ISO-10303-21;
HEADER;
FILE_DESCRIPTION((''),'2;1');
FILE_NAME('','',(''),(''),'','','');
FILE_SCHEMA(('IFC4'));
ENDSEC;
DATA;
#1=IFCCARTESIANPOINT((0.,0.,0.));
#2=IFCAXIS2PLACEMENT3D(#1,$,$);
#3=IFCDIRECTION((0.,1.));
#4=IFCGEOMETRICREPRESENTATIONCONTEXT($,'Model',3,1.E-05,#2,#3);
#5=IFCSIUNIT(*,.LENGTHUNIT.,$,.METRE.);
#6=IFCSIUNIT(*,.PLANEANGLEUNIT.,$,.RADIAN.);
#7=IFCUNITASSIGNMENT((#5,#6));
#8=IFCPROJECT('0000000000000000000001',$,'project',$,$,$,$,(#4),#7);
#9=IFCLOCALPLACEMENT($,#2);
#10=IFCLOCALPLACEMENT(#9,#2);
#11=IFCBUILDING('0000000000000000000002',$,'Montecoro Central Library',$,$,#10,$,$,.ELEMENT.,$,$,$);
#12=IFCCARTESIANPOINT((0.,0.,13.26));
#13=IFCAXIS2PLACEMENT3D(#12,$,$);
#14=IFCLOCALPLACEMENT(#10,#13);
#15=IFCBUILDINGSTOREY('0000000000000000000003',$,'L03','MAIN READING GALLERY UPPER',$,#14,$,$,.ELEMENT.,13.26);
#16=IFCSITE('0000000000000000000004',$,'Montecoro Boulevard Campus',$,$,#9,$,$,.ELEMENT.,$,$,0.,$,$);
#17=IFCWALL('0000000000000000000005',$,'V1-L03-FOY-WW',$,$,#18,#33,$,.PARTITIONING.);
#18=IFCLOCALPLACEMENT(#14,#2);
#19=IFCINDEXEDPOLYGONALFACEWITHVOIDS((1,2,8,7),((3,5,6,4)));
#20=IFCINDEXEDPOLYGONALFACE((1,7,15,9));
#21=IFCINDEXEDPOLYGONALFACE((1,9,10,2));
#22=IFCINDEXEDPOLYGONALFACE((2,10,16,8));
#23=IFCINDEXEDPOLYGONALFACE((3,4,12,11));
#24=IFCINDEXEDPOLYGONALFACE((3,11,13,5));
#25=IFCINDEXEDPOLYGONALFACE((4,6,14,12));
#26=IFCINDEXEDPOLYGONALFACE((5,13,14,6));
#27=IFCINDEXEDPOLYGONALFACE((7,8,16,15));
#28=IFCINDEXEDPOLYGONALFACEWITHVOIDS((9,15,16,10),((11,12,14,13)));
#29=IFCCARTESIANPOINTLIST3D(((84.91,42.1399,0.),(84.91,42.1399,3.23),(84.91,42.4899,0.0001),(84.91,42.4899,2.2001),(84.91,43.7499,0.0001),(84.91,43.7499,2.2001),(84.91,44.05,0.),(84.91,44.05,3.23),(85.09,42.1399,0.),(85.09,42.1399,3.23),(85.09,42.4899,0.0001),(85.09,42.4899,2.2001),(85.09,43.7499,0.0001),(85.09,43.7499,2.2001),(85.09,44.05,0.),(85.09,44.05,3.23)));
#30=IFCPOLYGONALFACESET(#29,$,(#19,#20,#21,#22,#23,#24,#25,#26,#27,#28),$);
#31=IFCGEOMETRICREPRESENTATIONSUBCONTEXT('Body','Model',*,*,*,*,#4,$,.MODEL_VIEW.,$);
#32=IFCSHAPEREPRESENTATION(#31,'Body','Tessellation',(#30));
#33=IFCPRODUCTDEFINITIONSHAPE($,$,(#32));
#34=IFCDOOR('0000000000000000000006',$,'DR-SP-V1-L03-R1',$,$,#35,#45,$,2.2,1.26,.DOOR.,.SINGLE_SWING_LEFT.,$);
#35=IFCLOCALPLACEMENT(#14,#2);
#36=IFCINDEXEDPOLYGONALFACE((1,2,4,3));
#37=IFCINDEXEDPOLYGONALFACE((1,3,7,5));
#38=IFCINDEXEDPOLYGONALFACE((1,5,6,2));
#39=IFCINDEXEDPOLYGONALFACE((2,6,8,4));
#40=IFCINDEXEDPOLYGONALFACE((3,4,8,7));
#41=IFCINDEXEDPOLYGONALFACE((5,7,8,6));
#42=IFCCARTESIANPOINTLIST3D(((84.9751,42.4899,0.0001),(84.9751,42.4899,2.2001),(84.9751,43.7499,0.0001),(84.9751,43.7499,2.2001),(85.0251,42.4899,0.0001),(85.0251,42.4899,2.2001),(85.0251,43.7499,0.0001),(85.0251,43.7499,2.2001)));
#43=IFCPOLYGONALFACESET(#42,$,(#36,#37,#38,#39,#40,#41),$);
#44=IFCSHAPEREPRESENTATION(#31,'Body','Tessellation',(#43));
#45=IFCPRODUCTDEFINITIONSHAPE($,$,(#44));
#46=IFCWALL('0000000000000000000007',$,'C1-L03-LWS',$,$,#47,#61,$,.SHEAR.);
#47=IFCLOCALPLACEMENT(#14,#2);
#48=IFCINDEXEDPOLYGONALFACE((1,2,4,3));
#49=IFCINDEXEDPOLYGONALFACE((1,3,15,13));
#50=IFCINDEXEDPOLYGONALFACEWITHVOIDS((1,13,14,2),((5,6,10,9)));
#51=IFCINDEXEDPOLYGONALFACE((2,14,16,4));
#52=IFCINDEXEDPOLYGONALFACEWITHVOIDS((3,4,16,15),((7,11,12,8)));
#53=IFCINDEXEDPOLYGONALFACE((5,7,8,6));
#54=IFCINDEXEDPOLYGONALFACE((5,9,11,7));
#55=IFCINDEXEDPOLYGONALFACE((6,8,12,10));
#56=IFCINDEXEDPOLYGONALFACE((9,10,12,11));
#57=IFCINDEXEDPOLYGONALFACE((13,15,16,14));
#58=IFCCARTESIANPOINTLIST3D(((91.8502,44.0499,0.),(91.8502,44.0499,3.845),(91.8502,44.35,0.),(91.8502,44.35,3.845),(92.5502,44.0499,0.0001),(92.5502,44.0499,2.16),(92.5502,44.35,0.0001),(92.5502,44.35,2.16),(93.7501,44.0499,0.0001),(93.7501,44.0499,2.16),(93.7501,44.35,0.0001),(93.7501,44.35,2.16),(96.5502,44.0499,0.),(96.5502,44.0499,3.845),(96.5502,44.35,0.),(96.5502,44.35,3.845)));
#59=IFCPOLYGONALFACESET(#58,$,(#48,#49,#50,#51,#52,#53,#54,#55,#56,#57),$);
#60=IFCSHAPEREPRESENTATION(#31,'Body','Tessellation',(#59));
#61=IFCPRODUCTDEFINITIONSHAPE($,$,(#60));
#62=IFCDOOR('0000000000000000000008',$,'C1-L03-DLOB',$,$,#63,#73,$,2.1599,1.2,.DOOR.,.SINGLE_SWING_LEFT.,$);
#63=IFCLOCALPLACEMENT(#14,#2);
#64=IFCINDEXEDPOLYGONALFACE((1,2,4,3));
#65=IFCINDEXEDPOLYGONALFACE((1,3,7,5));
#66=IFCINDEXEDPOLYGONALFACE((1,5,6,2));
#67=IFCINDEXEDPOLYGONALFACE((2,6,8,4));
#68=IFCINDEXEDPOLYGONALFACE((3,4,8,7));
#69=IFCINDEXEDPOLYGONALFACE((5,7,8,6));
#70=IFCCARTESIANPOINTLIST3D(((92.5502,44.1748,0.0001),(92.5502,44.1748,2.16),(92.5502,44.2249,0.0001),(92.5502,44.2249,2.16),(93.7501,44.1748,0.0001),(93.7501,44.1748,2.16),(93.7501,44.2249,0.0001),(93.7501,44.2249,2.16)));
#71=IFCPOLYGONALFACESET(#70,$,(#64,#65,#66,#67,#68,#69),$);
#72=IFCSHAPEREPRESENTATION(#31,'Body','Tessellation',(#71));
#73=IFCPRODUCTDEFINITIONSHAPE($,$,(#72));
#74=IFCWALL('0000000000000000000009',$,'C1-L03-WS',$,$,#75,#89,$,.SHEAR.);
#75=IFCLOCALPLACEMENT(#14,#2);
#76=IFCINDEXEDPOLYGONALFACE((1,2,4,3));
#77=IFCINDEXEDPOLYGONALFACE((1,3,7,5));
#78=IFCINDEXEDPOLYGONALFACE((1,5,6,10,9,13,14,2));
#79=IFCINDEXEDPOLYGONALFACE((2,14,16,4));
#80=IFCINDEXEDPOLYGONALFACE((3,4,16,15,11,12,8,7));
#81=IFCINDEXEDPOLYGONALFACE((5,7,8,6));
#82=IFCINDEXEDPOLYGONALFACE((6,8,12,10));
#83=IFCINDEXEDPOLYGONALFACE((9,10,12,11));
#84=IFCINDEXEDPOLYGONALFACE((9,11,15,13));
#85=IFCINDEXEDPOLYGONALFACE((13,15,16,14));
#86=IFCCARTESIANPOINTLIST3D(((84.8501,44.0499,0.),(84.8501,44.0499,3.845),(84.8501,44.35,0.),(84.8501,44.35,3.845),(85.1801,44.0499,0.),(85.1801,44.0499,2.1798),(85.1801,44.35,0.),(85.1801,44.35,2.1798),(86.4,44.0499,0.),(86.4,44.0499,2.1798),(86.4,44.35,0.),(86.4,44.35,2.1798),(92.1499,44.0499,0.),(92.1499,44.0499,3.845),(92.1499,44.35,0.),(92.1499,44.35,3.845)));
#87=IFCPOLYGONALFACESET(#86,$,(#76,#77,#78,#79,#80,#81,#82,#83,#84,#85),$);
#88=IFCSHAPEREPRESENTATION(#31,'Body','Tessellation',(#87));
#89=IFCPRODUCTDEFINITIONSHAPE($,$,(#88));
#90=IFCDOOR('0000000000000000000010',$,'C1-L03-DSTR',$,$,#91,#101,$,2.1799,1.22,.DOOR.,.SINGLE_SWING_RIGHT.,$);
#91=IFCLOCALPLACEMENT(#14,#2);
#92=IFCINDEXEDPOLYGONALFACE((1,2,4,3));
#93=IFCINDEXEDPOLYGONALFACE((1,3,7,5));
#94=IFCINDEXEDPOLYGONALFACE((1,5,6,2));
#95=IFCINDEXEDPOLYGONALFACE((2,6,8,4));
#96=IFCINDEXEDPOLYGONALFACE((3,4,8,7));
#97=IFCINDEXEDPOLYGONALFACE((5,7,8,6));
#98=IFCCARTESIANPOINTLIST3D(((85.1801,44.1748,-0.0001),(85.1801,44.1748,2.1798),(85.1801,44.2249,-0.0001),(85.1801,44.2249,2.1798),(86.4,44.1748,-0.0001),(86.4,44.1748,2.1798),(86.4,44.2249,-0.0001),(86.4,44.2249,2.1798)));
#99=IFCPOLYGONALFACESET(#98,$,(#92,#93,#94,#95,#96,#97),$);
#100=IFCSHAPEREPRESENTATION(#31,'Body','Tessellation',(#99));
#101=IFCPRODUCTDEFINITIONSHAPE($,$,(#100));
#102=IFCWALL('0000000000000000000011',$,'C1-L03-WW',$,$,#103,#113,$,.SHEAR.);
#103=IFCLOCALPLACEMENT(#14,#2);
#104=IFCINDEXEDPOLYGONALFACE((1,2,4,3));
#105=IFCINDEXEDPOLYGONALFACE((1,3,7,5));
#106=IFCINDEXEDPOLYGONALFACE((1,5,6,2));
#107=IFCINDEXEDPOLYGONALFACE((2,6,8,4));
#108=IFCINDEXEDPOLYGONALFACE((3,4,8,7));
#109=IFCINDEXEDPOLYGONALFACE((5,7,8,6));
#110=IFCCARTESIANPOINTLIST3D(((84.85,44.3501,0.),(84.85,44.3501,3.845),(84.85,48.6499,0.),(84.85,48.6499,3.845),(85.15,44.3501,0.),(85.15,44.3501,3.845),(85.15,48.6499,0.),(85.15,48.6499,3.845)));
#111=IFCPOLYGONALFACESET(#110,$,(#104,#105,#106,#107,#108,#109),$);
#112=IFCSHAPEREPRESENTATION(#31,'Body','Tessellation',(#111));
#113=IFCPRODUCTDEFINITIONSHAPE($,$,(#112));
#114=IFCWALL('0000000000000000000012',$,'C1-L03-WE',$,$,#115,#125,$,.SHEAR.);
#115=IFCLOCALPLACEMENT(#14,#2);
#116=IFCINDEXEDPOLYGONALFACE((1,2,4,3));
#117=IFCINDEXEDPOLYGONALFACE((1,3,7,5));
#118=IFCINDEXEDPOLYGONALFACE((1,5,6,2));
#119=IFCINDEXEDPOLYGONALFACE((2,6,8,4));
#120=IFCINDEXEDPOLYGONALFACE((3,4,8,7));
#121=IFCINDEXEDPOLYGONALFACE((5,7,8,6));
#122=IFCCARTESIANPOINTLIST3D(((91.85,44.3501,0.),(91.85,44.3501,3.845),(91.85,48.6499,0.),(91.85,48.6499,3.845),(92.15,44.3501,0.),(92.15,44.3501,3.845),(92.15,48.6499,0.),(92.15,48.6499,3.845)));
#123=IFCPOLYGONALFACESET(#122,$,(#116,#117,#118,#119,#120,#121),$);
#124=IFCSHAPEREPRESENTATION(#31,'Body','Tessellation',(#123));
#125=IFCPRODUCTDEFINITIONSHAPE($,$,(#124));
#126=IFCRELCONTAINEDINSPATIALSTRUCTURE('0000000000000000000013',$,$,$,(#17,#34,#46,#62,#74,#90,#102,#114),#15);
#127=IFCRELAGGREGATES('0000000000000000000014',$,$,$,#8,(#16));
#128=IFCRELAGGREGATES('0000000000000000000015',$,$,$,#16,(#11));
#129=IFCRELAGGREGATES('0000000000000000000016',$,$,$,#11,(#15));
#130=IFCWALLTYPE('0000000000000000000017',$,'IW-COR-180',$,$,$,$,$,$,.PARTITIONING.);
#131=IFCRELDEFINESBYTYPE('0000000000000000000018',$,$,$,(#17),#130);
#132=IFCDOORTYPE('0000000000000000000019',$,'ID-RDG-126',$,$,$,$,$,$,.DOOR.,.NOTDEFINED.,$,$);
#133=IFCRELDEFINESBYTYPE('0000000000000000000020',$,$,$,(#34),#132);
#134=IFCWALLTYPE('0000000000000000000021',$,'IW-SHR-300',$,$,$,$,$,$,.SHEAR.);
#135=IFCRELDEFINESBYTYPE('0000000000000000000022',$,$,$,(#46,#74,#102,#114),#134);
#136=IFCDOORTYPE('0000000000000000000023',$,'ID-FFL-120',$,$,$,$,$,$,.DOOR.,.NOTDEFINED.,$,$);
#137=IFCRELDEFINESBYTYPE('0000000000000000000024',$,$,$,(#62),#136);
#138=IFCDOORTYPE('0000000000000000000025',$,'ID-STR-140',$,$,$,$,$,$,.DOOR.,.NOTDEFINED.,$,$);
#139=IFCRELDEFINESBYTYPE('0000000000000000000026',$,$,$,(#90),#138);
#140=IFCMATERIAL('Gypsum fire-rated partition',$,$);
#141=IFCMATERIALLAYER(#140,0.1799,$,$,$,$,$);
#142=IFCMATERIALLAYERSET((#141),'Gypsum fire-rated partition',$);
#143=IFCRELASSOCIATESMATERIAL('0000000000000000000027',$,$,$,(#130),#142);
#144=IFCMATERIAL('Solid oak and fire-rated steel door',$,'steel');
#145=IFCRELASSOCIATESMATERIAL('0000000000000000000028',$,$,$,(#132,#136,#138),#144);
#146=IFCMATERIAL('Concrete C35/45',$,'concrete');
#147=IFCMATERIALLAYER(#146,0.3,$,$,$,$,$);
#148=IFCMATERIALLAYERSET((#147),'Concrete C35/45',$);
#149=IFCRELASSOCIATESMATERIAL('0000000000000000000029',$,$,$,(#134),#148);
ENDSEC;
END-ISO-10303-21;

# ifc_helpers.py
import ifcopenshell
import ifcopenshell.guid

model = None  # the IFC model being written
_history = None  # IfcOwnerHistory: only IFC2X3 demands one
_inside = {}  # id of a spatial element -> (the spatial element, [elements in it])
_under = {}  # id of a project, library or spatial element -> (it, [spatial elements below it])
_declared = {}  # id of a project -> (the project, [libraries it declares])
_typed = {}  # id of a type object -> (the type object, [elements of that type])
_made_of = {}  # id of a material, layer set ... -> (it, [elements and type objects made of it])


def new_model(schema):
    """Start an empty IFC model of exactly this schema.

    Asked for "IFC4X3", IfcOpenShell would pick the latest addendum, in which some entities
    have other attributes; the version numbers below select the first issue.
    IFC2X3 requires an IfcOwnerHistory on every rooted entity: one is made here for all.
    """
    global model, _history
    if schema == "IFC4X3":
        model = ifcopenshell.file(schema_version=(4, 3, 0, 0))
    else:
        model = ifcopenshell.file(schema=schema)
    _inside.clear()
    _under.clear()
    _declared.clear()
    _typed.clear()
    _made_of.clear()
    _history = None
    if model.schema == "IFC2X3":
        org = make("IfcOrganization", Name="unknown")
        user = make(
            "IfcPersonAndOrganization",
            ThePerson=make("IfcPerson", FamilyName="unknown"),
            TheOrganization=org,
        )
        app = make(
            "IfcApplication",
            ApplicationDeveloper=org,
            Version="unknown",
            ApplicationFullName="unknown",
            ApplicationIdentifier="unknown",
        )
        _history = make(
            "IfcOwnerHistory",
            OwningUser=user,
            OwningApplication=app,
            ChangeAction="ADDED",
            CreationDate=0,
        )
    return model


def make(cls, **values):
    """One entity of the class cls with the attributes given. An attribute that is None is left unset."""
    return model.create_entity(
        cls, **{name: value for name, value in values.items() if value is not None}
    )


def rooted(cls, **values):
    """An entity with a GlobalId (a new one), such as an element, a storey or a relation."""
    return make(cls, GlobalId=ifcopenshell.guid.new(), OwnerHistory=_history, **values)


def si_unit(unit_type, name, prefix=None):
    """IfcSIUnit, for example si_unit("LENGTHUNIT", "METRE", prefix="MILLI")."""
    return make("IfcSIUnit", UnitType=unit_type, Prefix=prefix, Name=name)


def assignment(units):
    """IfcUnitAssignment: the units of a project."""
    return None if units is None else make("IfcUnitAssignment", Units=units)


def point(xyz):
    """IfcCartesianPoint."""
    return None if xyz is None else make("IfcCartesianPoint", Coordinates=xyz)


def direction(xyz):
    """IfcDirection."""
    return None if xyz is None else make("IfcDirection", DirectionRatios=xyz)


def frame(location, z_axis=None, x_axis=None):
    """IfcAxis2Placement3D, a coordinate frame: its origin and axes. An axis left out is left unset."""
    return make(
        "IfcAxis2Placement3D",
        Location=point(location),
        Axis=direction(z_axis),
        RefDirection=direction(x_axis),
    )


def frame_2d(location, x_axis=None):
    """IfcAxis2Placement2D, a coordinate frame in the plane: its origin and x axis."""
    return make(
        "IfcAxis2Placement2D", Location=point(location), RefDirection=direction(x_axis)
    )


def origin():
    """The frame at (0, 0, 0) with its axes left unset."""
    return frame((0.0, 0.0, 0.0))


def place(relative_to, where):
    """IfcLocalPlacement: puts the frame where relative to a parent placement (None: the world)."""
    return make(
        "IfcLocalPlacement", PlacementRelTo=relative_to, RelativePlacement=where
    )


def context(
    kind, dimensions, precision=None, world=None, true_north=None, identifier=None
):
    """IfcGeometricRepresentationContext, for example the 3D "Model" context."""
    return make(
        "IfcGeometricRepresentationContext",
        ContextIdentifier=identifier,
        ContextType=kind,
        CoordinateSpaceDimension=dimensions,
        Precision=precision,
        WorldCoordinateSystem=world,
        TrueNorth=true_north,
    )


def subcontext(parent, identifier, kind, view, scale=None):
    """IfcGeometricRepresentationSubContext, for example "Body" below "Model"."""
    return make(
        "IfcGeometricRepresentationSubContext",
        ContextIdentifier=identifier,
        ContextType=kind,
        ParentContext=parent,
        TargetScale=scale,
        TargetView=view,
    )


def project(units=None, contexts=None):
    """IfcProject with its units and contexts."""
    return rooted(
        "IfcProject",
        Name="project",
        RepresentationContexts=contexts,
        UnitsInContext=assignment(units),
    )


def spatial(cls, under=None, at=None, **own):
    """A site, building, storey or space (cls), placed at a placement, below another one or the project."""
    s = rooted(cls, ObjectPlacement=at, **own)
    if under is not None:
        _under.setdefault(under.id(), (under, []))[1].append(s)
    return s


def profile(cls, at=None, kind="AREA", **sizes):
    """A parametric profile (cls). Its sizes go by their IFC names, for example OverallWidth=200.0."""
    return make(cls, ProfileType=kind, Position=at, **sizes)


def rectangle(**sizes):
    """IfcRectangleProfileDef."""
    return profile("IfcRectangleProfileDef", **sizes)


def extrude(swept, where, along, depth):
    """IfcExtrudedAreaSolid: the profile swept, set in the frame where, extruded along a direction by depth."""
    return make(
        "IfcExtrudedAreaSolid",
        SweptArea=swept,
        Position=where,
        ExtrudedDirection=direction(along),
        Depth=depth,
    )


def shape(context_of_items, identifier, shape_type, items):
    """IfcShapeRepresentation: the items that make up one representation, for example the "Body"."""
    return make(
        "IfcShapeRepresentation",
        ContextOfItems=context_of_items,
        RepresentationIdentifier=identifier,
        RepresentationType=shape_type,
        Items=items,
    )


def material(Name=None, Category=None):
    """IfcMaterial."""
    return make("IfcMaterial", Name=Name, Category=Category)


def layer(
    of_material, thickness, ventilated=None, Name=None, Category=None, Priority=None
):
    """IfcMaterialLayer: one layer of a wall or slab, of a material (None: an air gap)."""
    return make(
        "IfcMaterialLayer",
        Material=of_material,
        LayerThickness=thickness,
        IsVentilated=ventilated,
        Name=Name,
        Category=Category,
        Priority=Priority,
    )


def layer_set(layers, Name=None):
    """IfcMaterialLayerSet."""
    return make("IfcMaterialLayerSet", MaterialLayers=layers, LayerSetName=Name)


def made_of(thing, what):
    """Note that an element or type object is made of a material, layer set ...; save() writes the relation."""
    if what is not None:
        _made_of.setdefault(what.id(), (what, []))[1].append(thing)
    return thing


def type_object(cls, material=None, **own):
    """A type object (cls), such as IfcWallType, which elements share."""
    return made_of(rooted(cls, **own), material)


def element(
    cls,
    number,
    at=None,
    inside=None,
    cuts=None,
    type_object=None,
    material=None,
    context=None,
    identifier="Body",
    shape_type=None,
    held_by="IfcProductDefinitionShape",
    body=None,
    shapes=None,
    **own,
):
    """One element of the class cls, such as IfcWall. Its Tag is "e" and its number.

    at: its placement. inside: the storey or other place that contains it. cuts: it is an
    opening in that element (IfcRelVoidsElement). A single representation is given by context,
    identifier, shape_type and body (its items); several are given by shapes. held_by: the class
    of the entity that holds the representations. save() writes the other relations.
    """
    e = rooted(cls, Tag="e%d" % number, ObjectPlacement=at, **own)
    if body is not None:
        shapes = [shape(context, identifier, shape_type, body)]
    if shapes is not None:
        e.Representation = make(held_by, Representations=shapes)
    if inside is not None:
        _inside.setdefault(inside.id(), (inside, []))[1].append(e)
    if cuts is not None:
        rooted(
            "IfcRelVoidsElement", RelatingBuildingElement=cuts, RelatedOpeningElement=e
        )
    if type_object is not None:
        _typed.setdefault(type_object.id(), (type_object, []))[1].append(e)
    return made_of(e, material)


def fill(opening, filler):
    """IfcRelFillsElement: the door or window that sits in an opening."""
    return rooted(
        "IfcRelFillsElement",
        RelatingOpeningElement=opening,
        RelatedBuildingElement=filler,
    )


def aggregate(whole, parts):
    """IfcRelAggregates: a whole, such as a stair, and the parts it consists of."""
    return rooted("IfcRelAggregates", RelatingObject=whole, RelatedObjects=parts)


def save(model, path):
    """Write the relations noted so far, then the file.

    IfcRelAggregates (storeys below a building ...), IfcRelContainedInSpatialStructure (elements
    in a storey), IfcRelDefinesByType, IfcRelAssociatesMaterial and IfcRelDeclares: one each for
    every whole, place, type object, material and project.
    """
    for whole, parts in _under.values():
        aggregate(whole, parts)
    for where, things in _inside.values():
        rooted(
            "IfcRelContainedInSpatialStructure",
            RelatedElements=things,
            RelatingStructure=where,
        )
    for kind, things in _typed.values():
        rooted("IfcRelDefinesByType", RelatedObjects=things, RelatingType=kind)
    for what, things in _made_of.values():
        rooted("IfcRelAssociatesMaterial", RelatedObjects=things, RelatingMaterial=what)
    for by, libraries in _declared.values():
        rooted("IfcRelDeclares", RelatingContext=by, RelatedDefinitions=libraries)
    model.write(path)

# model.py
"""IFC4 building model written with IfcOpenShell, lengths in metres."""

from ifc_helpers import new_model, si_unit, direction, frame, frame_2d, origin, place, context, subcontext, project, spatial, rectangle, extrude, material, layer, layer_set, type_object, element, fill, save


model = new_model("IFC4")

# Units and contexts
model_context = context("Model", 3, precision=1e-05, world=origin(), true_north=direction((0.0, 1.0)))
body_context = subcontext(model_context, "Body", "Model", "MODEL_VIEW")
ifc_project = project(units=[si_unit("LENGTHUNIT", "METRE"), si_unit("PLANEANGLEUNIT", "RADIAN")], contexts=[model_context])

# Site, building, storey
site_placement = place(None, origin())
site = spatial("IfcSite", under=ifc_project, at=site_placement, Name="Montecoro Boulevard Campus", CompositionType="ELEMENT", RefElevation=0.0)
building_placement = place(site_placement, origin())
building = spatial("IfcBuilding", under=site, at=building_placement, Name="Montecoro Central Library", CompositionType="ELEMENT")
storey_placement = place(building_placement, frame((0.0, 0.0, 13.26)))
storey = spatial("IfcBuildingStorey", under=building, at=storey_placement, Name="L03", Description="MAIN READING GALLERY UPPER", CompositionType="ELEMENT", Elevation=13.26)

# Shared definitions
ifc_material_1 = material(Name="Concrete C35/45", Category="concrete")

# Shared definitions
ifc_material_2 = material(Name="Gypsum fire-rated partition")
ifc_layer_1 = layer(ifc_material_2, 0.1799)
ifc_layer_set_1 = layer_set([ifc_layer_1], Name="Gypsum fire-rated partition")
wall_type_1 = type_object("IfcWallType", Name="IW-COR-180", PredefinedType="PARTITIONING", material=ifc_layer_set_1)

# Walls, openings, doors
wall_1_placement = place(storey_placement, frame((85.0, 42.1399, 0.0), z_axis=(0.0, 0.0, 1.0), x_axis=(0.0, 1.0, 0.0)))
wall_1 = element("IfcWall", 1, at=wall_1_placement, inside=storey, type_object=wall_type_1, Name="V1-L03-FOY-WW", PredefinedType="PARTITIONING", context=body_context, shape_type="SweptSolid", body=[
    extrude(rectangle(XDim=1.9102, YDim=0.1799, at=frame_2d((0.9551, 0.0))), origin(), (0.0, 0.0, 1.0), 3.23),
])
opening_1_placement = place(wall_1_placement, frame((0.3501, 0.0, 0.0)))
opening_1 = element("IfcOpeningElement", 2, at=opening_1_placement, cuts=wall_1, PredefinedType="OPENING", context=body_context, shape_type="SweptSolid", body=[
    extrude(rectangle(XDim=1.26, YDim=2.2, at=frame_2d((0.6299, 1.1001))), frame((0.0, 0.0999, 0.0), z_axis=(0.0, -1.0, 0.0), x_axis=(1.0, 0.0, 0.0)), (0.0, 0.0, 1.0), 0.2),
])
ifc_material_3 = material(Name="Solid oak and fire-rated steel door", Category="steel")
door_type_1 = type_object("IfcDoorType", Name="ID-RDG-126", OperationType="NOTDEFINED", PredefinedType="DOOR", material=ifc_material_3)
door_1_placement = place(opening_1_placement, origin())
door_1 = element("IfcDoor", 3, at=door_1_placement, inside=storey, type_object=door_type_1, Name="DR-SP-V1-L03-R1", OperationType="SINGLE_SWING_LEFT", OverallHeight=2.2, OverallWidth=1.26, PredefinedType="DOOR", context=body_context, shape_type="SweptSolid", body=[
    extrude(rectangle(XDim=1.26, YDim=2.2, at=frame_2d((0.6299, 1.1001))), frame((0.0, 0.0249, 0.0), z_axis=(0.0, -1.0, 0.0), x_axis=(1.0, 0.0, 0.0)), (0.0, 0.0, 1.0), 0.05),
])
fill(opening_1, door_1)
ifc_layer_2 = layer(ifc_material_1, 0.3)
ifc_layer_set_2 = layer_set([ifc_layer_2], Name="Concrete C35/45")
wall_type_2 = type_object("IfcWallType", Name="IW-SHR-300", PredefinedType="SHEAR", material=ifc_layer_set_2)
wall_2_placement = place(storey_placement, frame((91.8501, 44.2, 0.0), z_axis=(0.0, 0.0, 1.0), x_axis=(1.0, 0.0, 0.0)))
wall_2 = element("IfcWall", 4, at=wall_2_placement, inside=storey, type_object=wall_type_2, Name="C1-L03-LWS", PredefinedType="SHEAR", context=body_context, shape_type="SweptSolid", body=[
    extrude(rectangle(XDim=4.7, YDim=0.3, at=frame_2d((2.3501, 0.0))), origin(), (0.0, 0.0, 1.0), 3.845),
])
opening_2_placement = place(wall_2_placement, frame((0.7, 0.0, 0.0)))
opening_2 = element("IfcOpeningElement", 5, at=opening_2_placement, cuts=wall_2, PredefinedType="OPENING", context=body_context, shape_type="SweptSolid", body=[
    extrude(rectangle(XDim=1.2, YDim=2.1599, at=frame_2d((0.6001, 1.0801))), frame((0.0, 0.1599, 0.0), z_axis=(0.0, -1.0, 0.0), x_axis=(1.0, 0.0, 0.0)), (0.0, 0.0, 1.0), 0.3201),
])
door_type_2 = type_object("IfcDoorType", Name="ID-FFL-120", OperationType="NOTDEFINED", PredefinedType="DOOR", material=ifc_material_3)
door_2_placement = place(opening_2_placement, origin())
door_2 = element("IfcDoor", 6, at=door_2_placement, inside=storey, type_object=door_type_2, Name="C1-L03-DLOB", OperationType="SINGLE_SWING_LEFT", OverallHeight=2.1599, OverallWidth=1.2, PredefinedType="DOOR", context=body_context, shape_type="SweptSolid", body=[
    extrude(rectangle(XDim=1.2, YDim=2.1599, at=frame_2d((0.6001, 1.0801))), frame((0.0, 0.0249, 0.0), z_axis=(0.0, -1.0, 0.0), x_axis=(1.0, 0.0, 0.0)), (0.0, 0.0, 1.0), 0.05),
])
fill(opening_2, door_2)
wall_3_placement = place(storey_placement, frame((84.8501, 44.2, 0.0), z_axis=(0.0, 0.0, 1.0), x_axis=(1.0, 0.0, 0.0)))
wall_3 = element("IfcWall", 7, at=wall_3_placement, inside=storey, type_object=wall_type_2, Name="C1-L03-WS", PredefinedType="SHEAR", context=body_context, shape_type="SweptSolid", body=[
    extrude(rectangle(XDim=7.2998, YDim=0.3, at=frame_2d((3.6499, 0.0))), origin(), (0.0, 0.0, 1.0), 3.845),
])
opening_3_placement = place(wall_3_placement, frame((0.3301, 0.0, 0.0)))
opening_3 = element("IfcOpeningElement", 8, at=opening_3_placement, cuts=wall_3, PredefinedType="OPENING", context=body_context, shape_type="SweptSolid", body=[
    extrude(rectangle(XDim=1.22, YDim=2.1799, at=frame_2d((0.6099, 1.0898))), frame((0.0, 0.1599, 0.0), z_axis=(0.0, -1.0, 0.0), x_axis=(1.0, 0.0, 0.0)), (0.0, 0.0, 1.0), 0.3201),
])
door_type_3 = type_object("IfcDoorType", Name="ID-STR-140", OperationType="NOTDEFINED", PredefinedType="DOOR", material=ifc_material_3)
door_3_placement = place(opening_3_placement, origin())
door_3 = element("IfcDoor", 9, at=door_3_placement, inside=storey, type_object=door_type_3, Name="C1-L03-DSTR", OperationType="SINGLE_SWING_RIGHT", OverallHeight=2.1799, OverallWidth=1.22, PredefinedType="DOOR", context=body_context, shape_type="SweptSolid", body=[
    extrude(rectangle(XDim=1.22, YDim=2.1799, at=frame_2d((0.6099, 1.0898))), frame((0.0, 0.0249, 0.0), z_axis=(0.0, -1.0, 0.0), x_axis=(1.0, 0.0, 0.0)), (0.0, 0.0, 1.0), 0.05),
])
fill(opening_3, door_3)

# Walls
for number, where, z_axis, x_axis, name in (
    (10, (85.0, 44.3501, 0.0), (0.0, 0.0, 1.0), (0.0, 1.0, 0.0), "C1-L03-WW"),
    (11, (92.0, 44.3501, 0.0), (0.0, 0.0, 1.0), (0.0, 1.0, 0.0), "C1-L03-WE"),
):
    element("IfcWall", number, at=place(storey_placement, frame(where, z_axis=z_axis, x_axis=x_axis)), inside=storey, type_object=wall_type_2, Name=name, PredefinedType="SHEAR", context=body_context, shape_type="SweptSolid", body=[
        extrude(rectangle(XDim=4.2998, YDim=0.3, at=frame_2d((2.1499, 0.0))), origin(), (0.0, 0.0, 1.0), 3.845),
    ])

save(model, "model.ifc")
